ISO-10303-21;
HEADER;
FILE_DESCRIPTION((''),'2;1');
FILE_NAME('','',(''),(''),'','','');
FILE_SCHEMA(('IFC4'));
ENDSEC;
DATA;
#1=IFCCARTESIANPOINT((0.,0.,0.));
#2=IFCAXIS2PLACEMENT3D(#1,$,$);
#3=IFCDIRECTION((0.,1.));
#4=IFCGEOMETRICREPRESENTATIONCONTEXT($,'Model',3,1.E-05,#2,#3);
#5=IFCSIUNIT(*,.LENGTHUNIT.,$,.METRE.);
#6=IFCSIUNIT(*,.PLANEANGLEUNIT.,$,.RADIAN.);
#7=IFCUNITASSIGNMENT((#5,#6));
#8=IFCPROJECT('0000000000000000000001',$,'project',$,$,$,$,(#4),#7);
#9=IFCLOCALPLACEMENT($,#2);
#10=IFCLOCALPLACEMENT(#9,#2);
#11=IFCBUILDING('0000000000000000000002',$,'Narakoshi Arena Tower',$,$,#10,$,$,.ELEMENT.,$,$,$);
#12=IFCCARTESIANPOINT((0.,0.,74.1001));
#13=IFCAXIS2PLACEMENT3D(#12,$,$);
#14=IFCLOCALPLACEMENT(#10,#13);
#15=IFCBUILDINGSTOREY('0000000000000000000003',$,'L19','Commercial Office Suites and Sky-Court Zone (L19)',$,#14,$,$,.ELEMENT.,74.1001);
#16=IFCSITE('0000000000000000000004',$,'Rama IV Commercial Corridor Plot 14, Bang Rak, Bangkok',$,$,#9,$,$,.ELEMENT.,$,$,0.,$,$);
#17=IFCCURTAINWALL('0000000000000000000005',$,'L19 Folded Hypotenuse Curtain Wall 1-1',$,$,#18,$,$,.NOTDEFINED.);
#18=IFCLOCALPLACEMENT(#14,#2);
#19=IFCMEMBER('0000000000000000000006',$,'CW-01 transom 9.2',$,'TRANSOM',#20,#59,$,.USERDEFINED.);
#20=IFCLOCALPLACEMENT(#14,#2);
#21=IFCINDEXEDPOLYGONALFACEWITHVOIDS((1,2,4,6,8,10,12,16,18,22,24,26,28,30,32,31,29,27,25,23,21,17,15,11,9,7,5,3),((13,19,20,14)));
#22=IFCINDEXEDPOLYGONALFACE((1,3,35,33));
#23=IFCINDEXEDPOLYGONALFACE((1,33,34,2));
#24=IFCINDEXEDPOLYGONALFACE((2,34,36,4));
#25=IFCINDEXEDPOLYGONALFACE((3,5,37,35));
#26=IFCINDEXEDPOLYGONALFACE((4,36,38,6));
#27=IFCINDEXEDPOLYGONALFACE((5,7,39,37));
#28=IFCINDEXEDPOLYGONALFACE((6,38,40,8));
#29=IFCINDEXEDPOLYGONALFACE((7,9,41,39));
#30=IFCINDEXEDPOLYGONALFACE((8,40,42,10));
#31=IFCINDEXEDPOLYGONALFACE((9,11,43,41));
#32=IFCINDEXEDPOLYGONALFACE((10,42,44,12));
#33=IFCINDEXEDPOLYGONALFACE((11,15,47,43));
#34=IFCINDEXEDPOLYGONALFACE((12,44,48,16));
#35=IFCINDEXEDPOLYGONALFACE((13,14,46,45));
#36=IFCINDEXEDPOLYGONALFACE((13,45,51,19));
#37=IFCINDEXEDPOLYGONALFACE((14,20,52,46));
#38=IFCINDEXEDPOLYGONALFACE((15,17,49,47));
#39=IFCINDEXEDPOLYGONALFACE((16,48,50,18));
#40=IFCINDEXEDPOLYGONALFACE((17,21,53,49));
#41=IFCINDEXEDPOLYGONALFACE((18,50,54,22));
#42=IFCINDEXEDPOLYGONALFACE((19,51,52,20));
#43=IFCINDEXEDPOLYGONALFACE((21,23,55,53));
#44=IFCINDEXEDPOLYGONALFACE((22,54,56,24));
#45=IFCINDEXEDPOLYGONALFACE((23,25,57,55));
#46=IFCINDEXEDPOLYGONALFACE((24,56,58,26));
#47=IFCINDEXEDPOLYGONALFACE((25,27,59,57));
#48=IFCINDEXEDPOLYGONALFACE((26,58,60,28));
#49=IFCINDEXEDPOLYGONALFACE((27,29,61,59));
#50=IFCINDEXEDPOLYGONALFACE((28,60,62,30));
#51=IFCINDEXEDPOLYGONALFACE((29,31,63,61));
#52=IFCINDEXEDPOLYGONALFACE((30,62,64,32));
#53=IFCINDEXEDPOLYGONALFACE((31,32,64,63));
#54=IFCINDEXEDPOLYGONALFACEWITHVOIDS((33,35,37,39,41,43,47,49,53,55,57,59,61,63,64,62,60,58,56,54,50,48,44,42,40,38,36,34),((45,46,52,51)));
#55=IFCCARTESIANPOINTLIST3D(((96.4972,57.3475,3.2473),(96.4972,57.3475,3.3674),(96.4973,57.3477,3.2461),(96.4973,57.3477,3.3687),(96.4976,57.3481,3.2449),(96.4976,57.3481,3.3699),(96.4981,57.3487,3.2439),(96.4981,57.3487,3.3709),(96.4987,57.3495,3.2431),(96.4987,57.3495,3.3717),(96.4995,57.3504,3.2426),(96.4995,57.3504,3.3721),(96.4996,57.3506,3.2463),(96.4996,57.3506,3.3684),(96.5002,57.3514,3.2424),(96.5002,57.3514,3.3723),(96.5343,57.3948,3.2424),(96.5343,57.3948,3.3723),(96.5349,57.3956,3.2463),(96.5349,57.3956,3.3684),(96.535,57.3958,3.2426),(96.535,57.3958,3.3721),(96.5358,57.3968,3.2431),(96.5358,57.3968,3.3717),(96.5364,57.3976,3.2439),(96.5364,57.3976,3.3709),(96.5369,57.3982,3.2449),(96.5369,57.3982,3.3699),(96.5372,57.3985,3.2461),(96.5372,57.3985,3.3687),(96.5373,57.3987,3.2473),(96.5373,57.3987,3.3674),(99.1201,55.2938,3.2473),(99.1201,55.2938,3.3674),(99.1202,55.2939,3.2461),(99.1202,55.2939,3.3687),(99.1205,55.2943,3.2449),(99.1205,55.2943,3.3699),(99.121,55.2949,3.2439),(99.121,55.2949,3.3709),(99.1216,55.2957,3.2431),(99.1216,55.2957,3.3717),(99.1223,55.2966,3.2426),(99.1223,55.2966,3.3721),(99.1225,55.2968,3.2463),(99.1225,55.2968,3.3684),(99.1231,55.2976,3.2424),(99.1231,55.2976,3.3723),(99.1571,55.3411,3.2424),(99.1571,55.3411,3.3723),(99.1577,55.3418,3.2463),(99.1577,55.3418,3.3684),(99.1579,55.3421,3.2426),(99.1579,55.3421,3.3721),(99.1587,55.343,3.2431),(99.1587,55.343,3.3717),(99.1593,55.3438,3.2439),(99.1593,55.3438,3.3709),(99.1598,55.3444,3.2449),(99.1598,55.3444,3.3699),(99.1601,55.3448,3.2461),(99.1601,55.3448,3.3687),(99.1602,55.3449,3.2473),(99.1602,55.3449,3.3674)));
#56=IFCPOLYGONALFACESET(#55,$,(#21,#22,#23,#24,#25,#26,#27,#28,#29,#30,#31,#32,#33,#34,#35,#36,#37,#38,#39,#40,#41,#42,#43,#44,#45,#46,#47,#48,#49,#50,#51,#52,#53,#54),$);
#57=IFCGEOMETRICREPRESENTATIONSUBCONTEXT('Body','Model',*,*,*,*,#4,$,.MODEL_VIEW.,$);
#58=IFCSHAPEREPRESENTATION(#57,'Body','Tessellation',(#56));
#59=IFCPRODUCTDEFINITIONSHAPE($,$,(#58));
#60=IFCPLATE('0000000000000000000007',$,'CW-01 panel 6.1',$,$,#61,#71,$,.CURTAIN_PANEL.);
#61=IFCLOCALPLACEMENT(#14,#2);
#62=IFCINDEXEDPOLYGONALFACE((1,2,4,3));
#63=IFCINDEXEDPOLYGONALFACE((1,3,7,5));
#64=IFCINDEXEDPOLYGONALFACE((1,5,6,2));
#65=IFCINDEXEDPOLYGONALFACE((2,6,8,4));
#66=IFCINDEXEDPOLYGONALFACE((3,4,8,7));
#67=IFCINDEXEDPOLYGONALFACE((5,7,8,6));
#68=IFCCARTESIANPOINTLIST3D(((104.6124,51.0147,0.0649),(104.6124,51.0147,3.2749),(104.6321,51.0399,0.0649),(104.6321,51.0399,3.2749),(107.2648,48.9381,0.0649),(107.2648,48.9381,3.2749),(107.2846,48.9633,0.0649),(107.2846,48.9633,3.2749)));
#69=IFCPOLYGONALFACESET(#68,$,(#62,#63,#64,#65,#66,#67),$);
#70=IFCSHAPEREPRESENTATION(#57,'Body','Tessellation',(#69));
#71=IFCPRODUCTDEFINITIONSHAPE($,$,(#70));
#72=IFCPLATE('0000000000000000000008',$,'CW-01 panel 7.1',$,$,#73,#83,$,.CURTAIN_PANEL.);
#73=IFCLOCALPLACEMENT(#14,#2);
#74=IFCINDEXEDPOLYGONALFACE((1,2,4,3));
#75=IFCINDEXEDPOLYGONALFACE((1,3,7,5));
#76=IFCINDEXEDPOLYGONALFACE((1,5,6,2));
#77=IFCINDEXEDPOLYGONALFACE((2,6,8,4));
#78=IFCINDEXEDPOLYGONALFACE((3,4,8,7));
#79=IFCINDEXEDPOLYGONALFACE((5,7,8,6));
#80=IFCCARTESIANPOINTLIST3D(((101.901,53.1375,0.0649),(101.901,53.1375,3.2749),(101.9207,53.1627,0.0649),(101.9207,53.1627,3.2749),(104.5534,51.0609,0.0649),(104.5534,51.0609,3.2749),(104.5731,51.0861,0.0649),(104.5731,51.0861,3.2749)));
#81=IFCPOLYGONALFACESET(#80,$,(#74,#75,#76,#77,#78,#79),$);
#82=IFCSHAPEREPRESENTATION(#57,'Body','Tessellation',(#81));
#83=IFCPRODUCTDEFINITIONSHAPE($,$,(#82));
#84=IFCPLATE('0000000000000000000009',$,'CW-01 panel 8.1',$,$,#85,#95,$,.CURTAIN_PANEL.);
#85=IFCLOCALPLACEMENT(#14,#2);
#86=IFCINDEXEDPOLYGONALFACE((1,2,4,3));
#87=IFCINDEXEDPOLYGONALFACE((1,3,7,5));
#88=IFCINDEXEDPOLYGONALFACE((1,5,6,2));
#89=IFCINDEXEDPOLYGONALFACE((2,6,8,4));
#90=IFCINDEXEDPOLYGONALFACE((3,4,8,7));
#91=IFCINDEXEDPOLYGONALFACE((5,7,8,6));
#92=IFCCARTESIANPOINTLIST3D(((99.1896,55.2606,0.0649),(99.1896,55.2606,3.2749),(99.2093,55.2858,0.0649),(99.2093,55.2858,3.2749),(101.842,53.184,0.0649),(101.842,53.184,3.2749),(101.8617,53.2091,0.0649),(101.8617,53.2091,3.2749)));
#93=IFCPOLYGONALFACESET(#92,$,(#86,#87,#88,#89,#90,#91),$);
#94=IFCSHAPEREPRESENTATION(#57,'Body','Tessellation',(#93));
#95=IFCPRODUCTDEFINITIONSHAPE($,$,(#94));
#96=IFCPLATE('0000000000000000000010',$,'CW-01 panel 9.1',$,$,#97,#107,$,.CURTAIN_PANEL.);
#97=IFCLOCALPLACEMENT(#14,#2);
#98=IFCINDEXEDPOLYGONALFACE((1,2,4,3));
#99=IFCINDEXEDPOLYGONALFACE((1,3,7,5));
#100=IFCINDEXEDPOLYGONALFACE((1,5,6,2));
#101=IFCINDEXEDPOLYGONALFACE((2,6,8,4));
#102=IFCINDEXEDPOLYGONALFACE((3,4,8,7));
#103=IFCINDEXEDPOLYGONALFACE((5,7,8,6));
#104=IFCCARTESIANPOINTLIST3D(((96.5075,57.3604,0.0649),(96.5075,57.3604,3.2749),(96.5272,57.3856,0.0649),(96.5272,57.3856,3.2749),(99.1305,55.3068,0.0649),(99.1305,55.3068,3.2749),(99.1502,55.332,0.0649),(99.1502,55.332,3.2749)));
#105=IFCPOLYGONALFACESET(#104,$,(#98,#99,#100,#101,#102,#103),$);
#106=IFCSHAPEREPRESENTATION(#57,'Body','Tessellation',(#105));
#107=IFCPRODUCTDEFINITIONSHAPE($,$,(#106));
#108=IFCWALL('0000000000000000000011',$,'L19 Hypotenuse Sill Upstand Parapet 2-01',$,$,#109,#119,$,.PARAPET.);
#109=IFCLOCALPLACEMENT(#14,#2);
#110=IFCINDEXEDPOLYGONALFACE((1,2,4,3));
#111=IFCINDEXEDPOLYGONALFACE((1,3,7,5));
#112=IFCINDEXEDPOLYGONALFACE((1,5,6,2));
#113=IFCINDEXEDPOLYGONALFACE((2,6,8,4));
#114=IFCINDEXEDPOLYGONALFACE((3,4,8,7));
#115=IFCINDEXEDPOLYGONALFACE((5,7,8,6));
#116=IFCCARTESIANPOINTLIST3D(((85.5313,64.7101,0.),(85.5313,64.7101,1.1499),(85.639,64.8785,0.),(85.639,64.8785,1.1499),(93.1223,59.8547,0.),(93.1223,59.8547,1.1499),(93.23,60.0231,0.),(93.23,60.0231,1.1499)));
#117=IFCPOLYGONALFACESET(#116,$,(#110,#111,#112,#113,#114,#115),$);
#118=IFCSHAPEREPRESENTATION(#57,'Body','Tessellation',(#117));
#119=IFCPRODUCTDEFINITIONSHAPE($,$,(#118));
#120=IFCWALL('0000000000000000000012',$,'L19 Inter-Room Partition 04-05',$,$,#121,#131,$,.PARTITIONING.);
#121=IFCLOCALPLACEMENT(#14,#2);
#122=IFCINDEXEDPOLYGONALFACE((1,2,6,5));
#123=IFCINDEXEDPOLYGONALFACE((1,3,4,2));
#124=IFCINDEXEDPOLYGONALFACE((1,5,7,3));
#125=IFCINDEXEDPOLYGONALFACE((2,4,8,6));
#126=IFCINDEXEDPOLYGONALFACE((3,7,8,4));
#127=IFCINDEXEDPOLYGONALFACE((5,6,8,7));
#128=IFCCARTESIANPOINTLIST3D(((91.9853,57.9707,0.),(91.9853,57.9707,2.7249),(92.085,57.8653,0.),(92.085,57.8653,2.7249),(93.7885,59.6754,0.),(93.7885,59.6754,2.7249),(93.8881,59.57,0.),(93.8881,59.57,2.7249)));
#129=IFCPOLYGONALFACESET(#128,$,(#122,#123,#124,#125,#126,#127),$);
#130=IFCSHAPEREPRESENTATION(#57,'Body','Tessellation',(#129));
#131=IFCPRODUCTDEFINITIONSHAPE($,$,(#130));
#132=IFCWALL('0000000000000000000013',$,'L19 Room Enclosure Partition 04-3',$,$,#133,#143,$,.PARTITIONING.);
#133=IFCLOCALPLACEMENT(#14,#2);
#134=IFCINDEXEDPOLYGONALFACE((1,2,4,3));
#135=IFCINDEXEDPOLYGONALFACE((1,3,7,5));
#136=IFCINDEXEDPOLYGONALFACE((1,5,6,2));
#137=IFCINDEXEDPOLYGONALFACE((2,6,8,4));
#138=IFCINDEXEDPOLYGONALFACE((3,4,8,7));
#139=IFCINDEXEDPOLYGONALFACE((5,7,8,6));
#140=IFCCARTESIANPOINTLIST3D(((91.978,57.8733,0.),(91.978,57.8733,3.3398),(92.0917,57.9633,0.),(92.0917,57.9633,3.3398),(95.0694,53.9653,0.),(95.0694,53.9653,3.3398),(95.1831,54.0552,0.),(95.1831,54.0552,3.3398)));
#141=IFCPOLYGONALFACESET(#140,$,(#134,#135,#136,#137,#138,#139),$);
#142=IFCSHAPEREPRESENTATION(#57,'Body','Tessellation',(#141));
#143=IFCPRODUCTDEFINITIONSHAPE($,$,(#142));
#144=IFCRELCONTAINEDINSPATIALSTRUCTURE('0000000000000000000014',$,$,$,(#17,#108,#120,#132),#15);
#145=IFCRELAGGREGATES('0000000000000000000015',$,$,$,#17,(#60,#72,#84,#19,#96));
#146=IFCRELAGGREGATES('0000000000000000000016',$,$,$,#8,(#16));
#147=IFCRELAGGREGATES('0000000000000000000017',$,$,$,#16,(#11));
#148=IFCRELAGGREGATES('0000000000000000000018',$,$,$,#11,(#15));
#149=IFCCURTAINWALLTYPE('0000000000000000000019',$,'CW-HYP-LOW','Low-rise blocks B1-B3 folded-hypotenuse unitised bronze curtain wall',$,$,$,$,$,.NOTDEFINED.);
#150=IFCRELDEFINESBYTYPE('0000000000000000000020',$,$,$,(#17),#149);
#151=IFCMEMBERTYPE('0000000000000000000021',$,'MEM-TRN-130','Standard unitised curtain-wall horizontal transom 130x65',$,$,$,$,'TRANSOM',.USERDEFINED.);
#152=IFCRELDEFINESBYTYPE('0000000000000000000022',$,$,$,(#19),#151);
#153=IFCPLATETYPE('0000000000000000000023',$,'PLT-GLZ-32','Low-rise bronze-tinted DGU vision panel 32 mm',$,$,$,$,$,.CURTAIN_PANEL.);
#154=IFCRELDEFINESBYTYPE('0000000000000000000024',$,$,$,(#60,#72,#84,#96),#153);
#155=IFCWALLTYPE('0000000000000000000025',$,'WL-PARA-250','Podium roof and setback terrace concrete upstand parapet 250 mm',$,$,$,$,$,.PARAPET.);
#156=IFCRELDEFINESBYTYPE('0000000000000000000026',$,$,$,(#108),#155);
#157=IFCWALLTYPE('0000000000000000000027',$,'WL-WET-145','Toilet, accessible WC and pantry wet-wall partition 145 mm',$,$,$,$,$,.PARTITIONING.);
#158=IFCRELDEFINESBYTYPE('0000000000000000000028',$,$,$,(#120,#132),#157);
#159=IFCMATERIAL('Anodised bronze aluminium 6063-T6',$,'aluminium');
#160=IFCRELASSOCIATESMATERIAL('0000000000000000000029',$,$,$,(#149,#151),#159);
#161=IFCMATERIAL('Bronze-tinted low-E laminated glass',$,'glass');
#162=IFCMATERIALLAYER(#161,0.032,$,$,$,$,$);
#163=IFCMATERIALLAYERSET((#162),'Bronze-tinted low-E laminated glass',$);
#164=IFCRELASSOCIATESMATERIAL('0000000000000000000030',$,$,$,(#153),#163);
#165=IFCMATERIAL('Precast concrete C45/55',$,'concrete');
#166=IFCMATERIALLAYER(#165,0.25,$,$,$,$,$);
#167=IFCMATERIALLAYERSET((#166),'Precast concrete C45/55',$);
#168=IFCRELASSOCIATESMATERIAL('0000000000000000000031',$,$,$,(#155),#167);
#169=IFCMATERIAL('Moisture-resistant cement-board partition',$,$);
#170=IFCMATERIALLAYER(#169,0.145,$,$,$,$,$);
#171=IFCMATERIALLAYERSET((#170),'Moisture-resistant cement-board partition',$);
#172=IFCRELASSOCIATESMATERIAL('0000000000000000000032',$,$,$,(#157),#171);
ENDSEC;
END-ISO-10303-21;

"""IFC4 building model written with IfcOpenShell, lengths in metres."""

from ifc_helpers import new_model, si_unit, direction, frame, frame_2d, origin, origin_2d, place, context, subcontext, project, spatial, rectangle, hollow_rectangle, extrude, material, layer, layer_set, material_profile, profile_set, type_object, element, aggregate, save


model = new_model("IFC4")

# Units and contexts
model_context = context("Model", 3, precision=1e-05, world=origin(), true_north=direction((0.0, 1.0)))
body_context = subcontext(model_context, "Body", "Model", "MODEL_VIEW")
ifc_project = project(units=[si_unit("LENGTHUNIT", "METRE"), si_unit("PLANEANGLEUNIT", "RADIAN")], contexts=[model_context])

# Site, building, storey
site_placement = place(None, origin())
site = spatial("IfcSite", under=ifc_project, at=site_placement, Name="Rama IV Commercial Corridor Plot 14, Bang Rak, Bangkok", CompositionType="ELEMENT", RefElevation=0.0)
building_placement = place(site_placement, origin())
building = spatial("IfcBuilding", under=site, at=building_placement, Name="Narakoshi Arena Tower", CompositionType="ELEMENT")
storey_placement = place(building_placement, frame((0.0, 0.0, 74.1001)))
storey = spatial("IfcBuildingStorey", under=building, at=storey_placement, Name="L19", Description="Commercial Office Suites and Sky-Court Zone (L19)", CompositionType="ELEMENT", Elevation=74.1001)

# Curtain wall, member, plates
ifc_material_1 = material(Name="Anodised bronze aluminium 6063-T6", Category="aluminium")
curtain_wall_type = type_object("IfcCurtainWallType", Name="CW-HYP-LOW", Description="Low-rise blocks B1-B3 folded-hypotenuse unitised bronze curtain wall", PredefinedType="NOTDEFINED", material=ifc_material_1)
curtain_wall_placement = place(storey_placement, origin())
curtain_wall = element("IfcCurtainWall", 1, at=curtain_wall_placement, inside=storey, type_object=curtain_wall_type, Name="L19 Folded Hypotenuse Curtain Wall 1-1", PredefinedType="NOTDEFINED")
ifc_material_profile_1 = material_profile(ifc_material_1, hollow_rectangle(XDim=0.0649, YDim=0.1299, WallThickness=0.0039, OuterFilletRadius=0.0049, at=origin_2d()), Name="TRN130x65x4")
ifc_profile_set_1 = profile_set([ifc_material_profile_1], Name="Anodised bronze aluminium 6063-T6")
member_type_1 = type_object("IfcMemberType", Name="MEM-TRN-130", Description="Standard unitised curtain-wall horizontal transom 130x65", ElementType="TRANSOM", PredefinedType="USERDEFINED", material=ifc_profile_set_1)
member_1_placement = place(storey_placement, frame((99.1401, 55.3193, 3.3074), z_axis=(-0.787347, 0.61651, 0.0), x_axis=(-0.61651, -0.787347, 0.0)))
member_1 = element("IfcMember", 2, at=member_1_placement, type_object=member_type_1, Name="CW-01 transom 9.2", ObjectType="TRANSOM", PredefinedType="USERDEFINED", context=body_context, shape_type="SweptSolid", body=[
    extrude(hollow_rectangle(XDim=0.0649, YDim=0.1299, WallThickness=0.0039, OuterFilletRadius=0.0049, at=origin_2d()), origin(), (0.0, 0.0, 1.0), 3.3313),
])
ifc_material_2 = material(Name="Bronze-tinted low-E laminated glass", Category="glass")
ifc_layer_1 = layer(ifc_material_2, 0.032)
ifc_layer_set_1 = layer_set([ifc_layer_1], Name="Bronze-tinted low-E laminated glass")
plate_type = type_object("IfcPlateType", Name="PLT-GLZ-32", Description="Low-rise bronze-tinted DGU vision panel 32 mm", PredefinedType="CURTAIN_PANEL", material=ifc_layer_set_1)
plate_1_placement = place(storey_placement, frame((105.9485, 49.989, 0.0649), z_axis=(0.0, 0.0, 1.0), x_axis=(-0.787388, 0.616458, 0.0)))
plate_1 = element("IfcPlate", 3, at=plate_1_placement, type_object=plate_type, Name="CW-01 panel 6.1", PredefinedType="CURTAIN_PANEL", context=body_context, shape_type="SweptSolid", body=[
    extrude(rectangle(XDim=3.3687, YDim=0.032, at=origin_2d()), origin(), (0.0, 0.0, 1.0), 3.21),
])
plate_2_placement = place(storey_placement, frame((103.2371, 52.1118, 0.0649), z_axis=(0.0, 0.0, 1.0), x_axis=(-0.787388, 0.616458, 0.0)))
plate_2 = element("IfcPlate", 4, at=plate_2_placement, type_object=plate_type, Name="CW-01 panel 7.1", PredefinedType="CURTAIN_PANEL", context=body_context, shape_type="SweptSolid", body=[
    extrude(rectangle(XDim=3.3687, YDim=0.032, at=origin_2d()), origin(), (0.0, 0.0, 1.0), 3.21),
])
plate_3_placement = place(storey_placement, frame((100.5256, 54.2349, 0.0649), z_axis=(0.0, 0.0, 1.0), x_axis=(-0.787388, 0.616458, 0.0)))
plate_3 = element("IfcPlate", 5, at=plate_3_placement, type_object=plate_type, Name="CW-01 panel 8.1", PredefinedType="CURTAIN_PANEL", context=body_context, shape_type="SweptSolid", body=[
    extrude(rectangle(XDim=3.3687, YDim=0.032, at=origin_2d()), origin(), (0.0, 0.0, 1.0), 3.21),
])
plate_4_placement = place(storey_placement, frame((97.8289, 56.3462, 0.0649), z_axis=(0.0, 0.0, 1.0), x_axis=(-0.787388, 0.616458, 0.0)))
plate_4 = element("IfcPlate", 6, at=plate_4_placement, type_object=plate_type, Name="CW-01 panel 9.1", PredefinedType="CURTAIN_PANEL", context=body_context, shape_type="SweptSolid", body=[
    extrude(rectangle(XDim=3.3313, YDim=0.032, at=origin_2d()), origin(), (0.0, 0.0, 1.0), 3.21),
])
aggregate(curtain_wall, [plate_1, plate_2, plate_3, member_1, plate_4])

# Walls
ifc_material_3 = material(Name="Precast concrete C45/55", Category="concrete")
ifc_layer_2 = layer(ifc_material_3, 0.25)
ifc_layer_set_2 = layer_set([ifc_layer_2], Name="Precast concrete C45/55")
wall_type_1 = type_object("IfcWallType", Name="WL-PARA-250", Description="Podium roof and setback terrace concrete upstand parapet 250 mm", PredefinedType="PARAPET", material=ifc_layer_set_2)
wall_1_placement = place(storey_placement, frame((93.176, 59.939, 0.0), z_axis=(0.0, 0.0, 1.0), x_axis=(-0.842413, 0.538832, 0.0)))
element("IfcWall", 7, at=wall_1_placement, inside=storey, type_object=wall_type_1, Name="L19 Hypotenuse Sill Upstand Parapet 2-01", PredefinedType="PARAPET", context=body_context, shape_type="SweptSolid", body=[
    extrude(rectangle(XDim=9.011, YDim=0.2, at=frame_2d((4.5054, 0.0))), origin(), (0.0, 0.0, 1.0), 1.1499),
])
ifc_material_4 = material(Name="Moisture-resistant cement-board partition")
ifc_layer_3 = layer(ifc_material_4, 0.145)
ifc_layer_set_3 = layer_set([ifc_layer_3], Name="Moisture-resistant cement-board partition")
wall_type_2 = type_object("IfcWallType", Name="WL-WET-145", Description="Toilet, accessible WC and pantry wet-wall partition 145 mm", PredefinedType="PARTITIONING", material=ifc_layer_set_3)
wall_2_placement = place(storey_placement, frame((92.0352, 57.918, 0.0), z_axis=(0.0, 0.0, 1.0), x_axis=(0.726653, 0.687005, 0.0)))
element("IfcWall", 8, at=wall_2_placement, inside=storey, type_object=wall_type_2, Name="L19 Inter-Room Partition 04-05", PredefinedType="PARTITIONING", context=body_context, shape_type="SweptSolid", body=[
    extrude(rectangle(XDim=2.4814, YDim=0.145, at=frame_2d((1.2407, 0.0))), origin(), (0.0, 0.0, 1.0), 2.7249),
])
wall_3_placement = place(storey_placement, frame((95.1262, 54.0103, 0.0), z_axis=(0.0, 0.0, 1.0), x_axis=(-0.620395, 0.784289, 0.0)))
element("IfcWall", 9, at=wall_3_placement, inside=storey, type_object=wall_type_2, Name="L19 Room Enclosure Partition 04-3", PredefinedType="PARTITIONING", context=body_context, shape_type="SweptSolid", body=[
    extrude(rectangle(XDim=4.9829, YDim=0.145, at=frame_2d((2.4915, 0.0))), origin(), (0.0, 0.0, 1.0), 3.3398),
])

save(model, "model.ifc")
